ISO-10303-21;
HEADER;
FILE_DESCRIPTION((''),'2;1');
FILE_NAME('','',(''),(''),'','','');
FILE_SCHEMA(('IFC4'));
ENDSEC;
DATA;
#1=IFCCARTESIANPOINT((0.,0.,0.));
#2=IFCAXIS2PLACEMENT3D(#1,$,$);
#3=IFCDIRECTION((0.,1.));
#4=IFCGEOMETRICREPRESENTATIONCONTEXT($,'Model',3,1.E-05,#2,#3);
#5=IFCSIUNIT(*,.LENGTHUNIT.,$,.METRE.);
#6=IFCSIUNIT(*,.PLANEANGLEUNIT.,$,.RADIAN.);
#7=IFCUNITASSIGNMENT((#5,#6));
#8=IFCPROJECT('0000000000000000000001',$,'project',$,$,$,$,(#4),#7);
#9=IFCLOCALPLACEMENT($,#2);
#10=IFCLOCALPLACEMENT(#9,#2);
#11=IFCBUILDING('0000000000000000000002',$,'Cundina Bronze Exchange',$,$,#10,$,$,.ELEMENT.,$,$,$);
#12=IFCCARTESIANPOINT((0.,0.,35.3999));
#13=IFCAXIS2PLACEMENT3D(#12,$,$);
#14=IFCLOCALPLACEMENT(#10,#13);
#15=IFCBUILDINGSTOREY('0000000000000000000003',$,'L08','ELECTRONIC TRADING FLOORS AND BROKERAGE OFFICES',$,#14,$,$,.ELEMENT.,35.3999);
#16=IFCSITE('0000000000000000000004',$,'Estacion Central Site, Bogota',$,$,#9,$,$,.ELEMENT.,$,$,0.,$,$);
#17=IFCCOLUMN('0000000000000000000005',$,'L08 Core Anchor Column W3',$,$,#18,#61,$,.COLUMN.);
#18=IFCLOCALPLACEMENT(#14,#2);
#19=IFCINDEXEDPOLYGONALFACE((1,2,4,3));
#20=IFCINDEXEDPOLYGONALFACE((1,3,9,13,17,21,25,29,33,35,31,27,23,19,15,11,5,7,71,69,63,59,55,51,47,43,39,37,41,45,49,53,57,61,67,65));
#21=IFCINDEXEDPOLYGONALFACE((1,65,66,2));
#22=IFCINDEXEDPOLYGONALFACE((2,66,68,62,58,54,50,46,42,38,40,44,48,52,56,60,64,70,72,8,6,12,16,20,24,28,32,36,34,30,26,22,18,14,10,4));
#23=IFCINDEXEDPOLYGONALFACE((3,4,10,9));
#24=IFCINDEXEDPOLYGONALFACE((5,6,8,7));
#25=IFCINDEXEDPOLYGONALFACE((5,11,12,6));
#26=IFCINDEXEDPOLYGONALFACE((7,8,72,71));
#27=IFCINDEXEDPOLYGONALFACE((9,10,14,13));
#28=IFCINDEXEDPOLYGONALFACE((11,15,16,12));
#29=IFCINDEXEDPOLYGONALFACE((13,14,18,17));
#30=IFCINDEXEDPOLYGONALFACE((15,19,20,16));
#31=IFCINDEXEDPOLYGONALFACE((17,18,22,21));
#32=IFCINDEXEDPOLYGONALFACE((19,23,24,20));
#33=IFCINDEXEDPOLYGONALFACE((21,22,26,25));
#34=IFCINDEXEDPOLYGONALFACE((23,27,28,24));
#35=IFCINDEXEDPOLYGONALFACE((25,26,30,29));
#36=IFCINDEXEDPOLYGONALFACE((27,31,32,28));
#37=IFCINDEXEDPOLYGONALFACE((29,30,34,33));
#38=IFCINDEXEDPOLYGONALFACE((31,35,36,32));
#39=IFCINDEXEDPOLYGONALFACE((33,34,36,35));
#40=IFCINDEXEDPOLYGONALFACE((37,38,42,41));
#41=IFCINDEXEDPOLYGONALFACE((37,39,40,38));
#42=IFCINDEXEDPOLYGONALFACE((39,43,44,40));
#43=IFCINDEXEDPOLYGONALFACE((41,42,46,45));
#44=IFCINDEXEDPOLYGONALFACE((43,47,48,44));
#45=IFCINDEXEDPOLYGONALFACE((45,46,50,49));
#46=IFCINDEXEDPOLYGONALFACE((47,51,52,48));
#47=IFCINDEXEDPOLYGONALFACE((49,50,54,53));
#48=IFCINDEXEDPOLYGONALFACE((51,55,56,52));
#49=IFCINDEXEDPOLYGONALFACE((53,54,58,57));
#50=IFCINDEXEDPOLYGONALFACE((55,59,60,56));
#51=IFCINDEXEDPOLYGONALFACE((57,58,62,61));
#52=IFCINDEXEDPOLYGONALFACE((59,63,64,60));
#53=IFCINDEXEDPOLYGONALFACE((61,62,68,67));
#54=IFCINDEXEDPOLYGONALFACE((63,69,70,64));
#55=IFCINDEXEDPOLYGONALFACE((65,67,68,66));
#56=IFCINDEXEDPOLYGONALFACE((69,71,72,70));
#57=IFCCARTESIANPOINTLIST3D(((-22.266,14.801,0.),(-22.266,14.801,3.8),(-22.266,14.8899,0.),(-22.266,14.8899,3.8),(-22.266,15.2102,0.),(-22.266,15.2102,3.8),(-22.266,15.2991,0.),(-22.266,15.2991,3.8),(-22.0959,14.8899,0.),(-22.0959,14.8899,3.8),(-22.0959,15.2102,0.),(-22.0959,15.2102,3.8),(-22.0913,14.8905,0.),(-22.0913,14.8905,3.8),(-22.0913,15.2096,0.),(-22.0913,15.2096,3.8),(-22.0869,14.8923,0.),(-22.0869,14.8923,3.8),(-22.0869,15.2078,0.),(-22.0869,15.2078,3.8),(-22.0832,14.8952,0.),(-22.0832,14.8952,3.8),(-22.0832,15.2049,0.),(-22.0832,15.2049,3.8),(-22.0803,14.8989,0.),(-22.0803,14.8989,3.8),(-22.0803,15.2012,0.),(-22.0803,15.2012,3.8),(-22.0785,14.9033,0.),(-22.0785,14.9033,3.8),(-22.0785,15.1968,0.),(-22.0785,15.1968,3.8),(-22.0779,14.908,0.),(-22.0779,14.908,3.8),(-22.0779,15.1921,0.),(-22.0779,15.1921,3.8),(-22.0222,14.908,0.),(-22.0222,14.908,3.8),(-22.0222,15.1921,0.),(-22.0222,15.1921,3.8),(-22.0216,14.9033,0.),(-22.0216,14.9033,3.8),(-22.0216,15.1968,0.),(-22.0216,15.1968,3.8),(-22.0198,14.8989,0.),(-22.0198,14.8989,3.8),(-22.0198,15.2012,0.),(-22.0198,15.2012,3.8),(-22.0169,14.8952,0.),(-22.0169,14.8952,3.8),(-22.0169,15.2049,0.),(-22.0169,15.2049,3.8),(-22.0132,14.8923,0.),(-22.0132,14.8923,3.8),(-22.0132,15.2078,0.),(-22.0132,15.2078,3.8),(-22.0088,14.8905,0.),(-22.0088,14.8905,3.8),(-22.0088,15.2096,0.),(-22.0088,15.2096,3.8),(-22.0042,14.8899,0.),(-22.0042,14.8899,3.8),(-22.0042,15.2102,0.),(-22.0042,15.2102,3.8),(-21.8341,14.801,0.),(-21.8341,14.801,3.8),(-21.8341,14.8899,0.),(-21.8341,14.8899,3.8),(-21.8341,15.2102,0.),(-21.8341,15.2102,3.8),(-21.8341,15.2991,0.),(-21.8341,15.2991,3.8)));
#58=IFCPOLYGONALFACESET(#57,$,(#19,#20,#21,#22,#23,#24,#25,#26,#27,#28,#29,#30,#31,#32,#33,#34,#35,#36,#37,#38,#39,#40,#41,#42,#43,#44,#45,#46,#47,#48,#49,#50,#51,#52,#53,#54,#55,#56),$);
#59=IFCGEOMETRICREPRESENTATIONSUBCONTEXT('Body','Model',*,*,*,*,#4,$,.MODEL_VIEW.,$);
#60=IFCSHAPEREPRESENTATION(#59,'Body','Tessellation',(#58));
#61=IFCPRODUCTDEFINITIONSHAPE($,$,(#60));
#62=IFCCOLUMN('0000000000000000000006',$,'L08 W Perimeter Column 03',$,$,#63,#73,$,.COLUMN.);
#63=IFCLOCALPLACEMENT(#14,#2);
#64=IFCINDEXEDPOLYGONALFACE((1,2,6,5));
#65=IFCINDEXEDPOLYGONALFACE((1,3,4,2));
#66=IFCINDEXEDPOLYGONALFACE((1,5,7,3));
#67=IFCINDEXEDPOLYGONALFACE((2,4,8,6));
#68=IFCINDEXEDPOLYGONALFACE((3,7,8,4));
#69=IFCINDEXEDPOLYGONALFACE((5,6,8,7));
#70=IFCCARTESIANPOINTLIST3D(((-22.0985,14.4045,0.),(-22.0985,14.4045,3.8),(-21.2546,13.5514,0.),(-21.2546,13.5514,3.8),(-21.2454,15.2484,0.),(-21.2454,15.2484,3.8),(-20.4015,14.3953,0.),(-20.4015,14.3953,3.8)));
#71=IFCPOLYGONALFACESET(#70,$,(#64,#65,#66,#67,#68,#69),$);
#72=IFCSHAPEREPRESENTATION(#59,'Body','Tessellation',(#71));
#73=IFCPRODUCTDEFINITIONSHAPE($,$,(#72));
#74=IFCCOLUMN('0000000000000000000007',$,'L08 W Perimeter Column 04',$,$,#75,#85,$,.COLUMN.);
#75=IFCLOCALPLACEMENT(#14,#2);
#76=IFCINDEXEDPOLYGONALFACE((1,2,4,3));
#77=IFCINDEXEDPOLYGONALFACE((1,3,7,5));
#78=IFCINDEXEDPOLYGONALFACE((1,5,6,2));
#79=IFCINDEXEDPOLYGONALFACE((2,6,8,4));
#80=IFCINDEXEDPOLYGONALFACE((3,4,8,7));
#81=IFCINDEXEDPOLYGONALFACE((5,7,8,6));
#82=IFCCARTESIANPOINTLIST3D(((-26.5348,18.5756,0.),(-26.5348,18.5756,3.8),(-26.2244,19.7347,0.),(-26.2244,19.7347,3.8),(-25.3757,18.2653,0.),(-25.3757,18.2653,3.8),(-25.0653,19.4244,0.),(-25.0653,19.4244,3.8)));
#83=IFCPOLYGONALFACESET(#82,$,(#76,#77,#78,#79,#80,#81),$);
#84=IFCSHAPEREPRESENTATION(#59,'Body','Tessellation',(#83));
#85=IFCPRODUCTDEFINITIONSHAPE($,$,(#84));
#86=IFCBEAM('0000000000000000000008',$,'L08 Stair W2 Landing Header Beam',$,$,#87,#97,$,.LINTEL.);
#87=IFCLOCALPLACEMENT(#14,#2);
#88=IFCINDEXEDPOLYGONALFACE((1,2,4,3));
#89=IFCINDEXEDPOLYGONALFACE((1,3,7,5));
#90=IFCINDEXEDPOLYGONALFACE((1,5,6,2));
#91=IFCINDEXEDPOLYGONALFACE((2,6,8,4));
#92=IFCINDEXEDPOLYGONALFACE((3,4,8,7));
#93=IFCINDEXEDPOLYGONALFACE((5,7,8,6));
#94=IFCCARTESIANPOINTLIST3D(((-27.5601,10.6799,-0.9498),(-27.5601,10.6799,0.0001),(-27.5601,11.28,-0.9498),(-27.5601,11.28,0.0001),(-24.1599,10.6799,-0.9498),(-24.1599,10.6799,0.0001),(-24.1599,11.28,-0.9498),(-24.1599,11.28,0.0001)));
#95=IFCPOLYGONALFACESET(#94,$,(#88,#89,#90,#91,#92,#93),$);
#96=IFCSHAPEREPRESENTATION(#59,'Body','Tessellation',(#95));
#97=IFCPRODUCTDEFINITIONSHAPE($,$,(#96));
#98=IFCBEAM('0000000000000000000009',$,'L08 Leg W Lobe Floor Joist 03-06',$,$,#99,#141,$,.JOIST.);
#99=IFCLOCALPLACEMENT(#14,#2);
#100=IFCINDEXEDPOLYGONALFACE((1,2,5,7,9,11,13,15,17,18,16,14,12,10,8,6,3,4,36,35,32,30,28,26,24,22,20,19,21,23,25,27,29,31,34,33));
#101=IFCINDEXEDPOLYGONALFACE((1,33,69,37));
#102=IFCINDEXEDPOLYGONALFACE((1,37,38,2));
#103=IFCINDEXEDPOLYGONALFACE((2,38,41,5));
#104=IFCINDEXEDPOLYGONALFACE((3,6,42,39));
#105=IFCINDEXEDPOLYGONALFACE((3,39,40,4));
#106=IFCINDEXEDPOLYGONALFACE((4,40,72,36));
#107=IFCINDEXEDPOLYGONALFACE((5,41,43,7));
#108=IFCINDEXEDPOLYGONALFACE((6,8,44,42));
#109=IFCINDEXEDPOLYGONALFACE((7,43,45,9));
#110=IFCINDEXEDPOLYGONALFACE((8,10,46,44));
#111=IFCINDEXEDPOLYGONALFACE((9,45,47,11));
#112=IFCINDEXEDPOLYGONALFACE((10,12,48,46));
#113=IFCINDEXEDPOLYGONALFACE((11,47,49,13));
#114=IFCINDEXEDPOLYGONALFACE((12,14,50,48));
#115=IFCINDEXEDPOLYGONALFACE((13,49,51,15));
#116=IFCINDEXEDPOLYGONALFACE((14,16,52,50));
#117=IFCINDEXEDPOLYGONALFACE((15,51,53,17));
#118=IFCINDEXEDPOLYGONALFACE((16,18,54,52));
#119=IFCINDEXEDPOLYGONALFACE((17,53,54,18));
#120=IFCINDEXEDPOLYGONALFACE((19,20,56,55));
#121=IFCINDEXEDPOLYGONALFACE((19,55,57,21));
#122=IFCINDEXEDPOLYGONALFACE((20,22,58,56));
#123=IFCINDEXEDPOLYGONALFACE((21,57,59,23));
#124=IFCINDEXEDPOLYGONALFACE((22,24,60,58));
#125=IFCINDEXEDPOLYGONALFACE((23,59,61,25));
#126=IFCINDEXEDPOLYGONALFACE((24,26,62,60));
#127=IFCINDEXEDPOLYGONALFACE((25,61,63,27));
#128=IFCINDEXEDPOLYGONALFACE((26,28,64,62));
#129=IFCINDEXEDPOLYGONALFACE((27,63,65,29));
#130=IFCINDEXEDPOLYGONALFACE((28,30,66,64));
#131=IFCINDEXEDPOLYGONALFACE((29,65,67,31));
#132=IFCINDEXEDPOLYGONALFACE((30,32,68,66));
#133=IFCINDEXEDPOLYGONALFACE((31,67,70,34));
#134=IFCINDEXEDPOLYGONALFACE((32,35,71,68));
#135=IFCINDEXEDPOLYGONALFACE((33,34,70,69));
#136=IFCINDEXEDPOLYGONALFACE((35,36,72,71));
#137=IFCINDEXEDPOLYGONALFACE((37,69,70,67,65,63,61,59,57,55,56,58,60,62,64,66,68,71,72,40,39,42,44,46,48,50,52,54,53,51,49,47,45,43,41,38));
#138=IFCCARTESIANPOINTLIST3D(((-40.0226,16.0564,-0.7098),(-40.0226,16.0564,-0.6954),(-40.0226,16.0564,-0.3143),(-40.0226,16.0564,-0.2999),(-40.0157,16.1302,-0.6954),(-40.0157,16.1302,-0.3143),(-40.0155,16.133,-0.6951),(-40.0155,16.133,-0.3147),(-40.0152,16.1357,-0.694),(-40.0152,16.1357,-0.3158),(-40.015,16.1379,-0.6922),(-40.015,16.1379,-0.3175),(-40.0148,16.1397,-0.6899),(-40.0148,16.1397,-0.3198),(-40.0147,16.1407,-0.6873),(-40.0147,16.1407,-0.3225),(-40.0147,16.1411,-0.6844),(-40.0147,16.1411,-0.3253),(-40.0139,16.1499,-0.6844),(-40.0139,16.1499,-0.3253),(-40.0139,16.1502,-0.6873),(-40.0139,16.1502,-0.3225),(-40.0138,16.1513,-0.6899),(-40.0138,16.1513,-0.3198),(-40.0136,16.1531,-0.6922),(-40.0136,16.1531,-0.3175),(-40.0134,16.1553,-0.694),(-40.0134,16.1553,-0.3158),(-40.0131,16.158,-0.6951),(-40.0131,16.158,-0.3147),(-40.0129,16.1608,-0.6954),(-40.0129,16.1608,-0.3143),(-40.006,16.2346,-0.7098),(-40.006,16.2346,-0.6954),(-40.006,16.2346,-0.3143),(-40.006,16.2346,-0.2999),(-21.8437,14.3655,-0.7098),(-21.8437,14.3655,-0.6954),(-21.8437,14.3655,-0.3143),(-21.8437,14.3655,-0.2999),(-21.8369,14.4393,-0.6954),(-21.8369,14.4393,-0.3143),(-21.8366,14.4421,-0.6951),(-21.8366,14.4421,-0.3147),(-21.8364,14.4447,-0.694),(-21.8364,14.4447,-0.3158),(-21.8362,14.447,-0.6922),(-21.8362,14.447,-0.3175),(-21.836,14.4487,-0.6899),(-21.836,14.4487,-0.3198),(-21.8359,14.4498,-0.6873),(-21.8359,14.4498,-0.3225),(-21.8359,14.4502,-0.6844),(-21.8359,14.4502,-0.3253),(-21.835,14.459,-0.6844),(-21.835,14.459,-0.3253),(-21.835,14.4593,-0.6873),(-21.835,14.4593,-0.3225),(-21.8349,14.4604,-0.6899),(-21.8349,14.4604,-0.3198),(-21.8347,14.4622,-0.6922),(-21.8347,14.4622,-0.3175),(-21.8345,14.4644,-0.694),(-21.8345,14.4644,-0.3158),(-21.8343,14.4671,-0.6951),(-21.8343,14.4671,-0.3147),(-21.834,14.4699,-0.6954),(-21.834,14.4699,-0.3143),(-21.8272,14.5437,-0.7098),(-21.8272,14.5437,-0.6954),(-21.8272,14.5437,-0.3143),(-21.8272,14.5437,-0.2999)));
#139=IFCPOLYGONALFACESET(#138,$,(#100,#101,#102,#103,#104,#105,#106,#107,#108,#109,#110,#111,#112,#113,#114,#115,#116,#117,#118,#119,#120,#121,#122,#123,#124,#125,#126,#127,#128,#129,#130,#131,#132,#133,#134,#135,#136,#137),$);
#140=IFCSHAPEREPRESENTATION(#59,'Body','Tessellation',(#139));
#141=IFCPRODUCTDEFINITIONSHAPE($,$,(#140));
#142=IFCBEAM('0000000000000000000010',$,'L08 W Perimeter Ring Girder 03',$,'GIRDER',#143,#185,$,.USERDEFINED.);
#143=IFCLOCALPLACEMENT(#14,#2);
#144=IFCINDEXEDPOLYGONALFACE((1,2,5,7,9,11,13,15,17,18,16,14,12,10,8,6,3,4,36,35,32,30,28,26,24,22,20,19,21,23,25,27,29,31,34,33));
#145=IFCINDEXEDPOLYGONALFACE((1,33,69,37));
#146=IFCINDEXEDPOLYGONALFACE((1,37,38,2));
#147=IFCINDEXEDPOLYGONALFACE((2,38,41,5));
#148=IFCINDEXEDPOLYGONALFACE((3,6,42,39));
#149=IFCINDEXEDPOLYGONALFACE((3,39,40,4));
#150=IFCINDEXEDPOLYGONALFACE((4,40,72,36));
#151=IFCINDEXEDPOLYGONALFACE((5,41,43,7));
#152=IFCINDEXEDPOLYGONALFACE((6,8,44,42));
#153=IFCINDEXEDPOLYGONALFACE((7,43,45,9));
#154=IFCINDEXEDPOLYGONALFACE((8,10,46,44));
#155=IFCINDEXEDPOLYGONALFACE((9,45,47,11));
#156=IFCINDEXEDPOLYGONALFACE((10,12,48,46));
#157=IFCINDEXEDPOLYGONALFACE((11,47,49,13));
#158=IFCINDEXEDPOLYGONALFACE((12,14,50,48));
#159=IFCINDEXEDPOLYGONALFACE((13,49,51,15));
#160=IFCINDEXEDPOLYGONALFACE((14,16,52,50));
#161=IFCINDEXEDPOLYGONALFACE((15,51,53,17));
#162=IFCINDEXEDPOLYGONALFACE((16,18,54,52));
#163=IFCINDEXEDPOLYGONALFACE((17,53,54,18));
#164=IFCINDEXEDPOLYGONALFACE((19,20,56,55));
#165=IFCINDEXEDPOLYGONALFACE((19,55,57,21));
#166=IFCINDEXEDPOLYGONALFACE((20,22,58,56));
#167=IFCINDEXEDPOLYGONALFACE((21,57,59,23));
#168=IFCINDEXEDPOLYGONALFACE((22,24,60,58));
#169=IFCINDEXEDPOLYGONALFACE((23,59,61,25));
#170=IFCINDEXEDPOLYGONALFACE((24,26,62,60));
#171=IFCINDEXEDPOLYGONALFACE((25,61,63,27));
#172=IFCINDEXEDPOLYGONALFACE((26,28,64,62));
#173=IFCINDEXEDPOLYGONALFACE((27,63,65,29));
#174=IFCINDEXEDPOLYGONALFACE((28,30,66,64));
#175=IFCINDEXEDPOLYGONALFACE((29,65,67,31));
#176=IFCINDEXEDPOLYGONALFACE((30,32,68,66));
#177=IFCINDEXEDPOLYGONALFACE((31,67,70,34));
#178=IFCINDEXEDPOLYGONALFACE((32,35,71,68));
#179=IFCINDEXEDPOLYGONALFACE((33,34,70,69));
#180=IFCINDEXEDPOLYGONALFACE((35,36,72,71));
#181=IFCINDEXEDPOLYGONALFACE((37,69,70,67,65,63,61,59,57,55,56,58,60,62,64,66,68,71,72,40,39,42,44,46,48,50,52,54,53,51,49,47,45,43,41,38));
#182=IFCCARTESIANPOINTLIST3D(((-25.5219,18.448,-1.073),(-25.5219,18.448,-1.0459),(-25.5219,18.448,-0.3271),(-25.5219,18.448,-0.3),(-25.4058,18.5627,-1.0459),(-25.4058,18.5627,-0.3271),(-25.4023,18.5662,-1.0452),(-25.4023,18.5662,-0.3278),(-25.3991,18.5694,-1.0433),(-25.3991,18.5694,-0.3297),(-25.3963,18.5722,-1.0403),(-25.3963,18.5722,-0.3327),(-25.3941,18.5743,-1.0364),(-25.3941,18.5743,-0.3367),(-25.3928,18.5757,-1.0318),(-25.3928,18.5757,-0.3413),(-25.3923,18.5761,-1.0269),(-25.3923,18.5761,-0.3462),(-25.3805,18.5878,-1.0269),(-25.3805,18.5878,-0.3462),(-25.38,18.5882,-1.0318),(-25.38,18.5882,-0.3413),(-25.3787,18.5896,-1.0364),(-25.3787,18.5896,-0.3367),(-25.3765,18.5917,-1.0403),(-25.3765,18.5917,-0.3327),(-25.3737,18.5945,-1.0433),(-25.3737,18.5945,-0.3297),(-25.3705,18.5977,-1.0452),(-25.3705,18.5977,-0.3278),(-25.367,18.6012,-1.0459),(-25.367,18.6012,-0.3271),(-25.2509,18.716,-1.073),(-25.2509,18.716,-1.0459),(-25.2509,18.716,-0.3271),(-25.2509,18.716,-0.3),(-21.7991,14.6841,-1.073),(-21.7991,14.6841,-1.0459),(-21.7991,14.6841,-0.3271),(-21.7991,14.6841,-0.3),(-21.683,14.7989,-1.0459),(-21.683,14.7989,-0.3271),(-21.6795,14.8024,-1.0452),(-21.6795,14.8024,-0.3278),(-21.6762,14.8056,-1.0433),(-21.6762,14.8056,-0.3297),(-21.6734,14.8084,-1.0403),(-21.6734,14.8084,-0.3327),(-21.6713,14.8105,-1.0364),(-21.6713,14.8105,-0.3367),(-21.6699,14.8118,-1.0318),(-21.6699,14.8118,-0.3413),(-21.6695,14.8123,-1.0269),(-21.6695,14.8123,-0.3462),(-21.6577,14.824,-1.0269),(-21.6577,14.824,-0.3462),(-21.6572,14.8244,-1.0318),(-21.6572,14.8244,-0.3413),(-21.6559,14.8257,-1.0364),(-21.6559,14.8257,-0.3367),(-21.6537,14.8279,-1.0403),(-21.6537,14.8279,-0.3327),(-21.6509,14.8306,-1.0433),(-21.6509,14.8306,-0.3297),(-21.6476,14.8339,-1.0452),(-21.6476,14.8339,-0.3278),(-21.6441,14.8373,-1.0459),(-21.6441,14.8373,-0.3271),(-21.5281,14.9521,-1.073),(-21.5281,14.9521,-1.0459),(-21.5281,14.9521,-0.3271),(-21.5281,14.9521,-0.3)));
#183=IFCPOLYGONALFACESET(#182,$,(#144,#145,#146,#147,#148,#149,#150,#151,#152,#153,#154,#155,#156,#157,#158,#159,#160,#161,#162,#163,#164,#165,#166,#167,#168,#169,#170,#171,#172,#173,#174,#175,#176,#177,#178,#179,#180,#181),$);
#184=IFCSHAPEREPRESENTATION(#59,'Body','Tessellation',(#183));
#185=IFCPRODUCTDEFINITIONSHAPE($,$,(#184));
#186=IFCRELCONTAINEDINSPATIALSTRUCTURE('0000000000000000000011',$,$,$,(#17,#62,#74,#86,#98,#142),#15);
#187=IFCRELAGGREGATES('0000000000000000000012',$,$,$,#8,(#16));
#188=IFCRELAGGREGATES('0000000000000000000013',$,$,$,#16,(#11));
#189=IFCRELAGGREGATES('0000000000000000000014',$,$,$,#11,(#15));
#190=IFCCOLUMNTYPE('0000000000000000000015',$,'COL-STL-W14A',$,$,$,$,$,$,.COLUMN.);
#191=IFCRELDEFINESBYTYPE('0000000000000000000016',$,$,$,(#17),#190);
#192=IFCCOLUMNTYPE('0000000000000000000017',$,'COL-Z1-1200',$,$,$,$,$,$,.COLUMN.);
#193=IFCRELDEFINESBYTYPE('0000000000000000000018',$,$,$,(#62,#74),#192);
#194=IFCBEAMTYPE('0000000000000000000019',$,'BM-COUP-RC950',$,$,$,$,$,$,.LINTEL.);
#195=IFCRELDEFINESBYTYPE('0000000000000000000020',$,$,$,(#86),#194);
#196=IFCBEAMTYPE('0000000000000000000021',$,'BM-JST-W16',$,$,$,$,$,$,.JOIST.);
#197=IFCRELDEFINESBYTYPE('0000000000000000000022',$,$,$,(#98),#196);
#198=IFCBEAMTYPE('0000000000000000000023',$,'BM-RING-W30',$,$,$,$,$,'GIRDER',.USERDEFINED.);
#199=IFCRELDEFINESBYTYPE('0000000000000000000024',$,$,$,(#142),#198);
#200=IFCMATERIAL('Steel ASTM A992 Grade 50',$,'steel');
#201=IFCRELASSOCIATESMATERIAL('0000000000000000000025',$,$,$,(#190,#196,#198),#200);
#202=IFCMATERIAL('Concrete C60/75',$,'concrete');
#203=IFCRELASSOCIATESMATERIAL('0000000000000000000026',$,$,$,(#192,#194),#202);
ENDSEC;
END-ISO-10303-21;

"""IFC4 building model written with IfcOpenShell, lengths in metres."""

from ifc_helpers import new_model, si_unit, direction, frame, origin, origin_2d, place, context, subcontext, project, spatial, rectangle, i_section, extrude, material, material_profile, profile_set, type_object, element, save


model = new_model("IFC4")

# Units and contexts
model_context = context("Model", 3, precision=1e-05, world=origin(), true_north=direction((0.0, 1.0)))
body_context = subcontext(model_context, "Body", "Model", "MODEL_VIEW")
ifc_project = project(units=[si_unit("LENGTHUNIT", "METRE"), si_unit("PLANEANGLEUNIT", "RADIAN")], contexts=[model_context])

# Site, building, storey
site_placement = place(None, origin())
site = spatial("IfcSite", under=ifc_project, at=site_placement, Name="Estacion Central Site, Bogota", CompositionType="ELEMENT", RefElevation=0.0)
building_placement = place(site_placement, origin())
building = spatial("IfcBuilding", under=site, at=building_placement, Name="Cundina Bronze Exchange", CompositionType="ELEMENT")
storey_placement = place(building_placement, frame((0.0, 0.0, 35.3999)))
storey = spatial("IfcBuildingStorey", under=building, at=storey_placement, Name="L08", Description="ELECTRONIC TRADING FLOORS AND BROKERAGE OFFICES", CompositionType="ELEMENT", Elevation=35.3999)

# Columns
ifc_material_1 = material(Name="Steel ASTM A992 Grade 50", Category="steel")
ifc_material_profile_1 = material_profile(ifc_material_1, i_section(OverallWidth=0.4319, OverallDepth=0.498, WebThickness=0.0557, FlangeThickness=0.0889, FilletRadius=0.0181, at=origin_2d()), Name="W14X500", Category="steel")
ifc_profile_set_1 = profile_set([ifc_material_profile_1], Name="Steel ASTM A992 Grade 50")
column_type_1 = type_object("IfcColumnType", Name="COL-STL-W14A", PredefinedType="COLUMN", material=ifc_profile_set_1)
column_placement = place(storey_placement, frame((-22.05, 15.05, 0.0), z_axis=(0.0, 0.0, 1.0), x_axis=(1.0, 0.0, 0.0)))
element("IfcColumn", 1, at=column_placement, inside=storey, type_object=column_type_1, Name="L08 Core Anchor Column W3", PredefinedType="COLUMN", context=body_context, shape_type="SweptSolid", body=[
    extrude(i_section(OverallWidth=0.4319, OverallDepth=0.498, WebThickness=0.0557, FlangeThickness=0.0889, FilletRadius=0.0181, at=origin_2d()), origin(), (0.0, 0.0, 1.0), 3.8),
])
ifc_material_2 = material(Name="Concrete C60/75", Category="concrete")
ifc_material_profile_2 = material_profile(ifc_material_2, rectangle(XDim=1.2, YDim=1.2, at=origin_2d()), Name="RC1200X1200", Category="concrete")
ifc_profile_set_2 = profile_set([ifc_material_profile_2], Name="Concrete C60/75")
column_type_2 = type_object("IfcColumnType", Name="COL-Z1-1200", PredefinedType="COLUMN", material=ifc_profile_set_2)
for number, where, z_axis, x_axis, name in (
    (2, (-21.25, 14.3999, 0.0), (0.0, 0.0, 1.0), (-0.703271, 0.710922, 0.0), "L08 W Perimeter Column 03"),
    (3, (-25.8, 19.0, 0.0), (0.0, 0.0, 1.0), (-0.965971, 0.25865, 0.0), "L08 W Perimeter Column 04"),
):
    element("IfcColumn", number, at=place(storey_placement, frame(where, z_axis=z_axis, x_axis=x_axis)), inside=storey, type_object=column_type_2, Name=name, PredefinedType="COLUMN", context=body_context, shape_type="SweptSolid", body=[
        extrude(rectangle(XDim=1.2, YDim=1.2, at=origin_2d()), origin(), (0.0, 0.0, 1.0), 3.8),
    ])

# Beams
ifc_material_profile_3 = material_profile(ifc_material_2, rectangle(XDim=0.6001, YDim=0.95, at=origin_2d()), Name="RC600X950", Category="concrete")
ifc_profile_set_3 = profile_set([ifc_material_profile_3], Name="Concrete C60/75")
beam_type_1 = type_object("IfcBeamType", Name="BM-COUP-RC950", PredefinedType="LINTEL", material=ifc_profile_set_3)
beam_1_placement = place(storey_placement, frame((-27.5601, 10.98, -0.4749), z_axis=(1.0, 0.0, 0.0), x_axis=(0.0, 1.0, 0.0)))
element("IfcBeam", 4, at=beam_1_placement, inside=storey, type_object=beam_type_1, Name="L08 Stair W2 Landing Header Beam", PredefinedType="LINTEL", context=body_context, shape_type="SweptSolid", body=[
    extrude(rectangle(XDim=0.6001, YDim=0.95, at=origin_2d()), origin(), (0.0, 0.0, 1.0), 3.4001),
])
ifc_material_profile_4 = material_profile(ifc_material_1, i_section(OverallWidth=0.179, OverallDepth=0.4099, WebThickness=0.0088, FlangeThickness=0.0144, FilletRadius=0.011, at=origin_2d()), Name="W16X45", Category="steel")
ifc_profile_set_4 = profile_set([ifc_material_profile_4], Name="Steel ASTM A992 Grade 50")
beam_type_2 = type_object("IfcBeamType", Name="BM-JST-W16", PredefinedType="JOIST", material=ifc_profile_set_4)
beam_2_placement = place(storey_placement, frame((-21.8354, 14.4546, -0.5049), z_axis=(-0.995702, 0.092615, 0.0), x_axis=(-0.092615, -0.995702, 0.0)))
element("IfcBeam", 5, at=beam_2_placement, inside=storey, type_object=beam_type_2, Name="L08 Leg W Lobe Floor Joist 03-06", PredefinedType="JOIST", context=body_context, shape_type="SweptSolid", body=[
    extrude(i_section(OverallWidth=0.179, OverallDepth=0.4099, WebThickness=0.0088, FlangeThickness=0.0144, FilletRadius=0.011, at=origin_2d()), origin(), (0.0, 0.0, 1.0), 18.2573),
])
ifc_material_profile_5 = material_profile(ifc_material_1, i_section(OverallWidth=0.3811, OverallDepth=0.7729, WebThickness=0.0166, FlangeThickness=0.0271, FilletRadius=0.019, at=origin_2d()), Name="W30X173", Category="steel")
ifc_profile_set_5 = profile_set([ifc_material_profile_5], Name="Steel ASTM A992 Grade 50")
beam_type_3 = type_object("IfcBeamType", Name="BM-RING-W30", ElementType="GIRDER", PredefinedType="USERDEFINED", material=ifc_profile_set_5)
beam_3_placement = place(storey_placement, frame((-21.6636, 14.8181, -0.6865), z_axis=(-0.703222, 0.71097, 0.0), x_axis=(-0.71097, -0.703222, 0.0)))
element("IfcBeam", 6, at=beam_3_placement, inside=storey, type_object=beam_type_3, Name="L08 W Perimeter Ring Girder 03", ObjectType="GIRDER", PredefinedType="USERDEFINED", context=body_context, shape_type="SweptSolid", body=[
    extrude(i_section(OverallWidth=0.3811, OverallDepth=0.7729, WebThickness=0.0166, FlangeThickness=0.0271, FilletRadius=0.019, at=origin_2d()), origin(), (0.0, 0.0, 1.0), 5.2939),
])

save(model, "model.ifc")
